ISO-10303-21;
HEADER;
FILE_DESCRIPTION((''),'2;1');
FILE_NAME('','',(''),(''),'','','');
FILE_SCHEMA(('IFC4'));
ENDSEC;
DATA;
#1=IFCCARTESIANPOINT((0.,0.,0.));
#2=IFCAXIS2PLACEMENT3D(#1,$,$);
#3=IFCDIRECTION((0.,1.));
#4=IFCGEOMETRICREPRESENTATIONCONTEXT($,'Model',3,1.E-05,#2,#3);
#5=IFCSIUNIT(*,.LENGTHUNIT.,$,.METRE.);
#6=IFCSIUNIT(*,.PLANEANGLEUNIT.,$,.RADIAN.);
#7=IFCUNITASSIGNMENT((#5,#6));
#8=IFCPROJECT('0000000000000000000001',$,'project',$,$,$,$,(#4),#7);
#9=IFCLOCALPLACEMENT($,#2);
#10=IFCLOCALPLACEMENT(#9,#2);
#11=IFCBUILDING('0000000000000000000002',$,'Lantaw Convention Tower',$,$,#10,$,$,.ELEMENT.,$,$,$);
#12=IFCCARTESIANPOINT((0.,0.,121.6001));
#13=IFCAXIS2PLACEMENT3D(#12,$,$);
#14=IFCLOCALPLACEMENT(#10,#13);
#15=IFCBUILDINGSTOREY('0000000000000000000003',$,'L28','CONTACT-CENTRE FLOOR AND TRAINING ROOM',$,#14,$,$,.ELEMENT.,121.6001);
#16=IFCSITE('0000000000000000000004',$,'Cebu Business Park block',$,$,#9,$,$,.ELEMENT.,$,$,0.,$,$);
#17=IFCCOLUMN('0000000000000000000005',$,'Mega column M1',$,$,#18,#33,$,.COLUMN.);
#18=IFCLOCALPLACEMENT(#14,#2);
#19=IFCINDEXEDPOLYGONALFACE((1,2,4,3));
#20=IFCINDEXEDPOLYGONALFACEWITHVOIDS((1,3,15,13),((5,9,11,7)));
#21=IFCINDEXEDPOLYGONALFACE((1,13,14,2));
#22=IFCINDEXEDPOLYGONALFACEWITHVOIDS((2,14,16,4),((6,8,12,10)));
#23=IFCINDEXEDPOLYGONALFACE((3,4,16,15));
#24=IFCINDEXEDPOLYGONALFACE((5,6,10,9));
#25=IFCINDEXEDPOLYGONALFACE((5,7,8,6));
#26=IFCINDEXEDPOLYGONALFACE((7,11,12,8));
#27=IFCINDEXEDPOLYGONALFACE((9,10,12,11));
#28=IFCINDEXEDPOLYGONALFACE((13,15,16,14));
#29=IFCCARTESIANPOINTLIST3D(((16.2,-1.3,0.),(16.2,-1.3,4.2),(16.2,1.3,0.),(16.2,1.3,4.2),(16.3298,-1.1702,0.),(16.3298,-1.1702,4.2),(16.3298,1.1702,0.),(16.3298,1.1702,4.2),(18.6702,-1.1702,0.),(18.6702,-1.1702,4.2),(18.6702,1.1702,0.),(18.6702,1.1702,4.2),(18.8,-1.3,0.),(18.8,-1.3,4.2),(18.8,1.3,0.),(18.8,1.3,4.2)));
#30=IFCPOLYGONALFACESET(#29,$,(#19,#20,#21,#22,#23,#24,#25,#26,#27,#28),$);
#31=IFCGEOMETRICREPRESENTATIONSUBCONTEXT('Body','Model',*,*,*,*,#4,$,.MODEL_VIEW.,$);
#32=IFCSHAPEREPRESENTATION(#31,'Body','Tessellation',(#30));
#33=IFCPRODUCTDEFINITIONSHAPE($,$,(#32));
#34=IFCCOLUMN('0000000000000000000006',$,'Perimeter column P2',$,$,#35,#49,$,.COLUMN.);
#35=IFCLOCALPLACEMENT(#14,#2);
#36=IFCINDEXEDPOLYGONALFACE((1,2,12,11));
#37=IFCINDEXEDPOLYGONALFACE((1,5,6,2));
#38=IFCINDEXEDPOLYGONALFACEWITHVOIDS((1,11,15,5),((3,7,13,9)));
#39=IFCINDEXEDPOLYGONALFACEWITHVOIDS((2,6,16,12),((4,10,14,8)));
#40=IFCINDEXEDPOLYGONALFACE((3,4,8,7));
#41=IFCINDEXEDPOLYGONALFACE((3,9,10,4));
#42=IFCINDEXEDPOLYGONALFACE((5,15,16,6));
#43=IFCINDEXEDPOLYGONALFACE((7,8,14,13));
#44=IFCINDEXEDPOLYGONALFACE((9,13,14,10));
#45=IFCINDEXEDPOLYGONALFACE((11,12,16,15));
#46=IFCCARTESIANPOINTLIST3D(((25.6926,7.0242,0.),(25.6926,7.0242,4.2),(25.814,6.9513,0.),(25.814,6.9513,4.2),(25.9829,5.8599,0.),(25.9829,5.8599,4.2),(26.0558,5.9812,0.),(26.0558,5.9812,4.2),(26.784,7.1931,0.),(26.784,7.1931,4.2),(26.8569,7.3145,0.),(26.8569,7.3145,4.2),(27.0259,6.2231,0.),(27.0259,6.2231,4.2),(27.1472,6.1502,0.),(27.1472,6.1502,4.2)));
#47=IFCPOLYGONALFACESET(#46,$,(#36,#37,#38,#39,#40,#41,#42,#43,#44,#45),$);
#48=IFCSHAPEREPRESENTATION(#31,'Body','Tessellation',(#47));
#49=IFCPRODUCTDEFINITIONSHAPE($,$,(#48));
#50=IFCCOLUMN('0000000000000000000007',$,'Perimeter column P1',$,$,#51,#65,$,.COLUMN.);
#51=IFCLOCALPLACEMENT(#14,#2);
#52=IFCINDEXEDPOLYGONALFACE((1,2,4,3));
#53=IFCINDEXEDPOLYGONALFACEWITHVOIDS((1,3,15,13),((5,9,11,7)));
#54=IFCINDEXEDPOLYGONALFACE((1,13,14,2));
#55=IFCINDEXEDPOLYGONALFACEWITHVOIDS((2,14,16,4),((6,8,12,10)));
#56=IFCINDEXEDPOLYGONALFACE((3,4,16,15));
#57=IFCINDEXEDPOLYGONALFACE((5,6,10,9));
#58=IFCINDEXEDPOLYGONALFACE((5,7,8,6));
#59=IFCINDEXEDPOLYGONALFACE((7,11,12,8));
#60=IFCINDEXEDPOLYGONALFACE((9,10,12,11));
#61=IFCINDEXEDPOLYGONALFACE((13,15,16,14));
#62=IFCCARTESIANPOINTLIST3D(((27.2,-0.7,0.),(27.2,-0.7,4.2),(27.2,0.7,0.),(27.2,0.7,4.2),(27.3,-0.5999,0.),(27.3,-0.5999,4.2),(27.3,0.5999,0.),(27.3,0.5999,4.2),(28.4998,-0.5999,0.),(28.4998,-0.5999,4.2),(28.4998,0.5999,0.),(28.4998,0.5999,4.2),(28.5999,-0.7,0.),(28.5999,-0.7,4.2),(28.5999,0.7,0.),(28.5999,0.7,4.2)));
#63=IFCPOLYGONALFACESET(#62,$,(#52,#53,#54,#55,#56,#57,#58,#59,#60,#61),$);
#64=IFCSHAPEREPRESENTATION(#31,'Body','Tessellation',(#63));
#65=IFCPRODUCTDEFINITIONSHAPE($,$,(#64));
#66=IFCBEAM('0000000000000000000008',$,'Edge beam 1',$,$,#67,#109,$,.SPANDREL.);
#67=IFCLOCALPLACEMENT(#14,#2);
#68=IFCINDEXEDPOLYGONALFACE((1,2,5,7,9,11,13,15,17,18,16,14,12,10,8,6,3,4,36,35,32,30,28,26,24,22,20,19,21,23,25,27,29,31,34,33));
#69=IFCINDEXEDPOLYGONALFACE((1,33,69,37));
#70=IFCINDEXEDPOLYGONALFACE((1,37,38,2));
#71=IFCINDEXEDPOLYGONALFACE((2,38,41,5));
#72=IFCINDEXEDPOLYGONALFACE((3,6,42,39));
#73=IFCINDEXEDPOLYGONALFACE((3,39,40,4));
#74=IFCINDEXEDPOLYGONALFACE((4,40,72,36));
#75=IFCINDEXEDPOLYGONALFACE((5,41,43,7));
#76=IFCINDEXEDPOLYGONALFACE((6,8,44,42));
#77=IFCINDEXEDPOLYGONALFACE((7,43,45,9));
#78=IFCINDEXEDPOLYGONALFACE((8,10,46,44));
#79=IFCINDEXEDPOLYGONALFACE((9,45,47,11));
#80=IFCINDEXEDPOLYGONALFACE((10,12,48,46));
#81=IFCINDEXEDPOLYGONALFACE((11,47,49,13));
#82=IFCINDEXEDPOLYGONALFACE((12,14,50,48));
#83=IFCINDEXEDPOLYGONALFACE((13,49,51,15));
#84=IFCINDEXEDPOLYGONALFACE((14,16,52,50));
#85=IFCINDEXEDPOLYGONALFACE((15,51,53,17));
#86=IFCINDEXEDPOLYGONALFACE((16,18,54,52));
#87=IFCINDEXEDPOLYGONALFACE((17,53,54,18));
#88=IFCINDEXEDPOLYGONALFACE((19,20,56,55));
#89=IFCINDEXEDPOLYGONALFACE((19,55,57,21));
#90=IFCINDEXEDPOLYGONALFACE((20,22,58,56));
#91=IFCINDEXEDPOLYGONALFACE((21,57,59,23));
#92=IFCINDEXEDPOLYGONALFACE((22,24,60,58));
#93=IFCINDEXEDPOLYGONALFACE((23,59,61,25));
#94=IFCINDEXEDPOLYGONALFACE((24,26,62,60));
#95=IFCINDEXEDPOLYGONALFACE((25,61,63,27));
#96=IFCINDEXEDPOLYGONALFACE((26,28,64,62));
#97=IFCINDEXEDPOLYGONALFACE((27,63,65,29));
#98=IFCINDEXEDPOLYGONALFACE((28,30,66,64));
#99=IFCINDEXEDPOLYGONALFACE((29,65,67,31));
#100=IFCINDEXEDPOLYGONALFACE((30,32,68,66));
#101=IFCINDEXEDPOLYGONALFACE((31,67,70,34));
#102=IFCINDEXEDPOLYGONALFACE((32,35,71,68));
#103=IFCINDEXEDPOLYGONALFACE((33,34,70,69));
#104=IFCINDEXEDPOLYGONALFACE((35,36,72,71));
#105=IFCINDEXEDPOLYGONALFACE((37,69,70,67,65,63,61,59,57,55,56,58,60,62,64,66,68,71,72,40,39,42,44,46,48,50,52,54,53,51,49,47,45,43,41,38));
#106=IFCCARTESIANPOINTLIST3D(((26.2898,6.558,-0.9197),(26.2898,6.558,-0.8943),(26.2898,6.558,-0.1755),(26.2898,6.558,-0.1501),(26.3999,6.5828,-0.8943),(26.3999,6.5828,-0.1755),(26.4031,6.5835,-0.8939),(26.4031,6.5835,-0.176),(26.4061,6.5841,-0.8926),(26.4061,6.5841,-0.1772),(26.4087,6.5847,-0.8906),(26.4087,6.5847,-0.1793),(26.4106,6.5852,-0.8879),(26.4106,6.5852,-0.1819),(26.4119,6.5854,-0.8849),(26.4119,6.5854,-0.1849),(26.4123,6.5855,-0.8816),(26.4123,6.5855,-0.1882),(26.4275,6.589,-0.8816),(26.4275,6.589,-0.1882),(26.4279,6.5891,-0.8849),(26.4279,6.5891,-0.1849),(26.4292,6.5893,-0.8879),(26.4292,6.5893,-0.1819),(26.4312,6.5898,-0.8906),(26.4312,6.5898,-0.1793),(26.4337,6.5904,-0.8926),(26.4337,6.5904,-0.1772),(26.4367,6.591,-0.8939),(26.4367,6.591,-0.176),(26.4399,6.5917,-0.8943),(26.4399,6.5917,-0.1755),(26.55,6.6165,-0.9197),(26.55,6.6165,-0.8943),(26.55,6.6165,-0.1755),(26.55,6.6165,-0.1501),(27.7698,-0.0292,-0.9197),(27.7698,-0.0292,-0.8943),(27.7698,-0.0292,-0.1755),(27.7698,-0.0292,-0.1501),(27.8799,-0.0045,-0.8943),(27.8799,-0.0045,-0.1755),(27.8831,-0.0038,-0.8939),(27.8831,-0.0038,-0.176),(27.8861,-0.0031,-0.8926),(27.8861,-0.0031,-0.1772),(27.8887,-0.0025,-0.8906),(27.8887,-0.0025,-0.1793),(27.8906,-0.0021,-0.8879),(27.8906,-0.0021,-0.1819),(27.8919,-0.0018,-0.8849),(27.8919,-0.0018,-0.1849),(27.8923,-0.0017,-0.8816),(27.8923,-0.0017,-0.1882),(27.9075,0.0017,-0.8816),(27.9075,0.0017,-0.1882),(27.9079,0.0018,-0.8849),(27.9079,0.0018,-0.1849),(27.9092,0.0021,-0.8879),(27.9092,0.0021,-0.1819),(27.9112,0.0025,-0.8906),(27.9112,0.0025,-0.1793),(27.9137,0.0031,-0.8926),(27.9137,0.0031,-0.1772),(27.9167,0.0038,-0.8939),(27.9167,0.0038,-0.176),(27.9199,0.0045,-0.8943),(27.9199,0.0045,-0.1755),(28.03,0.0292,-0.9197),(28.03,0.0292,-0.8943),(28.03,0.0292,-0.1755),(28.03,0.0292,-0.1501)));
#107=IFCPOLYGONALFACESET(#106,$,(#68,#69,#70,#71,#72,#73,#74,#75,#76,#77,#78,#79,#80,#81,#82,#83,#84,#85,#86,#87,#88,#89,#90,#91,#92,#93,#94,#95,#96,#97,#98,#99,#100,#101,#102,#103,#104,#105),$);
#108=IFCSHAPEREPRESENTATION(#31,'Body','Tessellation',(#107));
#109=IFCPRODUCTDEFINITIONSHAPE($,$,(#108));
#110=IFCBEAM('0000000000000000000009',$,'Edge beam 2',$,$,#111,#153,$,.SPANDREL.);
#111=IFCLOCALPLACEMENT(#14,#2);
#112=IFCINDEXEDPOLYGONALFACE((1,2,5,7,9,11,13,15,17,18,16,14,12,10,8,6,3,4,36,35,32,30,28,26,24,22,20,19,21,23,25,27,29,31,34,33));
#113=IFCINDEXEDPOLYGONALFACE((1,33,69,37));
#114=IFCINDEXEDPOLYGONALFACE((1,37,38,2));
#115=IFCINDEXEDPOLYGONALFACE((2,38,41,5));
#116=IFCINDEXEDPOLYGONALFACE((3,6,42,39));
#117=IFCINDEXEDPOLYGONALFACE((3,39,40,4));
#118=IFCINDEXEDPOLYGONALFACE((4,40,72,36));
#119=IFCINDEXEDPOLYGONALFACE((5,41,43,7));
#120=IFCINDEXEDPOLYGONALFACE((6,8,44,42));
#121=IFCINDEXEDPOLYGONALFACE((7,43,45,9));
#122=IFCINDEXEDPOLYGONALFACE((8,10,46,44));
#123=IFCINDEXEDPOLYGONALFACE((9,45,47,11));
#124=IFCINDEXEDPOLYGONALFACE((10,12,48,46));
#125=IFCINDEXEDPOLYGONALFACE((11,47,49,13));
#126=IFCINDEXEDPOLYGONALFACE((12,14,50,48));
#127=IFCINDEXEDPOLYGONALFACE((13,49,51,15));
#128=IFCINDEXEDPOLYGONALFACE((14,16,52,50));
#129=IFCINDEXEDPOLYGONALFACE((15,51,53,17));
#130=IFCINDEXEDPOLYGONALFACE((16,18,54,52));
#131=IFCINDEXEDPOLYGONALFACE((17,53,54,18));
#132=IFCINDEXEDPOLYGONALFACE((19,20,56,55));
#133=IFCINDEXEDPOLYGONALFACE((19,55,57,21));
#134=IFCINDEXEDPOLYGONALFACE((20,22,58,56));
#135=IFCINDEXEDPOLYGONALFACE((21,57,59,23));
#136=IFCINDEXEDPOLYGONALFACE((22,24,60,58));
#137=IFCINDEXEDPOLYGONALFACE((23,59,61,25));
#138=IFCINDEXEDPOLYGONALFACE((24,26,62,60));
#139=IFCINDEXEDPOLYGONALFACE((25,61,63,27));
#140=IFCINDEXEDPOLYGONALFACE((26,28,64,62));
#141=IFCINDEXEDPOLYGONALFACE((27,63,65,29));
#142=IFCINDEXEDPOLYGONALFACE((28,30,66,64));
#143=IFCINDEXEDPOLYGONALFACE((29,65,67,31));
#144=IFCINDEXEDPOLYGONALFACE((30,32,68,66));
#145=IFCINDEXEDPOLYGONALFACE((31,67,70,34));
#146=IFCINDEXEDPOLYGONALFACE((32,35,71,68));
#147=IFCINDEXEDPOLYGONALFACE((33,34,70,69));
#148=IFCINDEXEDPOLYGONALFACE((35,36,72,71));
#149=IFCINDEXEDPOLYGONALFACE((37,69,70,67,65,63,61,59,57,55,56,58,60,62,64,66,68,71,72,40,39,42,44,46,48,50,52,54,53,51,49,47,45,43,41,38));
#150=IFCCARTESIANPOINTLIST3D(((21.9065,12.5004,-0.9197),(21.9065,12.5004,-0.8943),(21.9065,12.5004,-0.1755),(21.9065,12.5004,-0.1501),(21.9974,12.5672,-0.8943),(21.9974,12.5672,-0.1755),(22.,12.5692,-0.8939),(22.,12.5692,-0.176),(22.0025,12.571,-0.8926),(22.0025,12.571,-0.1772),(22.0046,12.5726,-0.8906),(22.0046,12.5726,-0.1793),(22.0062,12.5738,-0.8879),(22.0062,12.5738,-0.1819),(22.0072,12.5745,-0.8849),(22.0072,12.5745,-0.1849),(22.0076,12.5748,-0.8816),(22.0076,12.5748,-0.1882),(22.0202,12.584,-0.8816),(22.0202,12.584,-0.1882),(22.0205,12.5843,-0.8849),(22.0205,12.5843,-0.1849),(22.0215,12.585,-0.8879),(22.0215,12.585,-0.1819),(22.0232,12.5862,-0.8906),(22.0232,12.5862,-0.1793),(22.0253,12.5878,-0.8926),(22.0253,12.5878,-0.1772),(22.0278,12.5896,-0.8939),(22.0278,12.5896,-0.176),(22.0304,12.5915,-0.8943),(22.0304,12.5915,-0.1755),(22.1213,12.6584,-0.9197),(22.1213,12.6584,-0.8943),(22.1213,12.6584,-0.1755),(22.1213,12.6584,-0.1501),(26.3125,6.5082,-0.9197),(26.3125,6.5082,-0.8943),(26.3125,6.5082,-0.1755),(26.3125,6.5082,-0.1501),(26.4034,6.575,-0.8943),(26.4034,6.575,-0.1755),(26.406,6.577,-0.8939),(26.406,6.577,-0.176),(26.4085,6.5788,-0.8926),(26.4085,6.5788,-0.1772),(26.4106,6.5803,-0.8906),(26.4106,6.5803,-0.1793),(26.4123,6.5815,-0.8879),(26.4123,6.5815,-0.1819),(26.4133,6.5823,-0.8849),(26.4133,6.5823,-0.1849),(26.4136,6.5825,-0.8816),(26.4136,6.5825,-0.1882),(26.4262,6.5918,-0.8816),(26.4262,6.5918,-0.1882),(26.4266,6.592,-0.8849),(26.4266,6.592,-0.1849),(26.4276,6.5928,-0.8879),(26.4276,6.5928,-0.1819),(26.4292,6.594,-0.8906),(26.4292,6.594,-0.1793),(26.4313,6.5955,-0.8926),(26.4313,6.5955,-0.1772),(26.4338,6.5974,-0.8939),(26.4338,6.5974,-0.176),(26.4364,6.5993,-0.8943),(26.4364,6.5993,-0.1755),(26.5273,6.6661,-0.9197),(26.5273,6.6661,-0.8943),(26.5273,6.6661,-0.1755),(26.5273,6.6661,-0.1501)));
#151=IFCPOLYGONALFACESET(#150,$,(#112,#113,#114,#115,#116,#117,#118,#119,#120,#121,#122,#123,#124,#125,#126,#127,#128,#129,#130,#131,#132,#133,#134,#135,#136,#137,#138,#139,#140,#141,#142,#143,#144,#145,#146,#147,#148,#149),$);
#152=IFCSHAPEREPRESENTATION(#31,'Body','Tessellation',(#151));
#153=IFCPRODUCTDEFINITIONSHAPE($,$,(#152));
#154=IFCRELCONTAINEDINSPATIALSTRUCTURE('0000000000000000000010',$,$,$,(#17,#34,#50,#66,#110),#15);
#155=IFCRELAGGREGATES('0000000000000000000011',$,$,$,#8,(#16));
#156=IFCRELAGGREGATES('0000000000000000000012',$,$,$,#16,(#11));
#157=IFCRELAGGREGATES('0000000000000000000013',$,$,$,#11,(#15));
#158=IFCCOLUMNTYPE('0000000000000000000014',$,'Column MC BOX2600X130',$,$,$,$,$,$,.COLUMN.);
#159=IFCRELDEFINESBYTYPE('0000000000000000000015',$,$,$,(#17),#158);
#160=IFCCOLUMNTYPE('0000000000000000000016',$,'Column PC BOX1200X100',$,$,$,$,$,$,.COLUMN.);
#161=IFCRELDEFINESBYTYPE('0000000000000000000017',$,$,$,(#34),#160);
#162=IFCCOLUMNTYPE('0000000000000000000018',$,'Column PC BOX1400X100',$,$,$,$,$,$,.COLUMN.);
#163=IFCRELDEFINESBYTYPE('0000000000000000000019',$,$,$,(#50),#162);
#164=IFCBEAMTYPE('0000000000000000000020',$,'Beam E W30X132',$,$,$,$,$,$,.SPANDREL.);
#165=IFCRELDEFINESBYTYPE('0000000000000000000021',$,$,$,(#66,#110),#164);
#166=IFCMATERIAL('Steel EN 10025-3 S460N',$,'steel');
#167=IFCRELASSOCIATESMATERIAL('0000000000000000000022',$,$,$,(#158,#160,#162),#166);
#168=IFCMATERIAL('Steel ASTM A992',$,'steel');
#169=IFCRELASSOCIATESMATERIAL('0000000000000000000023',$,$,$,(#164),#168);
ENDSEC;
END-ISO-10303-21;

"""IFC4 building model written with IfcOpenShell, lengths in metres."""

from ifc_helpers import new_model, si_unit, direction, frame, origin, origin_2d, place, context, subcontext, project, spatial, rectangle, hollow_rectangle, i_section, extrude, material, material_profile, profile_set, type_object, element, save


model = new_model("IFC4")

# Units and contexts
model_context = context("Model", 3, precision=1e-05, world=origin(), true_north=direction((0.0, 1.0)))
body_context = subcontext(model_context, "Body", "Model", "MODEL_VIEW")
ifc_project = project(units=[si_unit("LENGTHUNIT", "METRE"), si_unit("PLANEANGLEUNIT", "RADIAN")], contexts=[model_context])

# Site, building, storey
site_placement = place(None, origin())
site = spatial("IfcSite", under=ifc_project, at=site_placement, Name="Cebu Business Park block", CompositionType="ELEMENT", RefElevation=0.0)
building_placement = place(site_placement, origin())
building = spatial("IfcBuilding", under=site, at=building_placement, Name="Lantaw Convention Tower", CompositionType="ELEMENT")
storey_placement = place(building_placement, frame((0.0, 0.0, 121.6001)))
storey = spatial("IfcBuildingStorey", under=building, at=storey_placement, Name="L28", Description="CONTACT-CENTRE FLOOR AND TRAINING ROOM", CompositionType="ELEMENT", Elevation=121.6001)

# Columns
ifc_material_1 = material(Name="Steel EN 10025-3 S460N", Category="steel")
ifc_material_profile_1 = material_profile(ifc_material_1, hollow_rectangle(XDim=2.6001, YDim=2.6001, WallThickness=0.1299, at=origin_2d()), Name="BOX2600X130")
ifc_material_2 = material(Name="Concrete C60/75", Category="concrete")
ifc_material_profile_2 = material_profile(ifc_material_2, rectangle(XDim=2.3401, YDim=2.3401, at=origin_2d()), Name="Concrete fill of BOX2600X130")
ifc_profile_set_1 = profile_set([ifc_material_profile_1, ifc_material_profile_2], Name="Steel EN 10025-3 S460N")
column_type_1 = type_object("IfcColumnType", Name="Column MC BOX2600X130", PredefinedType="COLUMN", material=ifc_profile_set_1)
column_1_placement = place(storey_placement, frame((17.5, 0.0, 0.0), z_axis=(0.0, 0.0, 1.0), x_axis=(1.0, 0.0, 0.0)))
element("IfcColumn", 1, at=column_1_placement, inside=storey, type_object=column_type_1, Name="Mega column M1", PredefinedType="COLUMN", context=body_context, shape_type="SweptSolid", body=[
    extrude(hollow_rectangle(XDim=2.6001, YDim=2.6001, WallThickness=0.1299, at=origin_2d()), origin(), (0.0, 0.0, 1.0), 4.2),
])
ifc_material_profile_3 = material_profile(ifc_material_1, hollow_rectangle(XDim=1.2, YDim=1.2, WallThickness=0.1001, at=origin_2d()), Name="BOX1200X100")
ifc_material_profile_4 = material_profile(ifc_material_2, rectangle(XDim=1.0, YDim=1.0, at=origin_2d()), Name="Concrete fill of BOX1200X100")
ifc_profile_set_2 = profile_set([ifc_material_profile_3, ifc_material_profile_4], Name="Steel EN 10025-3 S460N")
column_type_2 = type_object("IfcColumnType", Name="Column PC BOX1200X100", PredefinedType="COLUMN", material=ifc_profile_set_2)
column_2_placement = place(storey_placement, frame((26.4199, 6.5872, 0.0), z_axis=(0.0, 0.0, 1.0), x_axis=(0.970296, 0.241922, 0.0)))
element("IfcColumn", 2, at=column_2_placement, inside=storey, type_object=column_type_2, Name="Perimeter column P2", PredefinedType="COLUMN", context=body_context, shape_type="SweptSolid", body=[
    extrude(hollow_rectangle(XDim=1.2, YDim=1.2, WallThickness=0.1001, at=origin_2d()), origin(), (0.0, 0.0, 1.0), 4.2),
])
ifc_material_profile_5 = material_profile(ifc_material_1, hollow_rectangle(XDim=1.3999, YDim=1.3999, WallThickness=0.1001, at=origin_2d()), Name="BOX1400X100")
ifc_material_profile_6 = material_profile(ifc_material_2, rectangle(XDim=1.2, YDim=1.2, at=origin_2d()), Name="Concrete fill of BOX1400X100")
ifc_profile_set_3 = profile_set([ifc_material_profile_5, ifc_material_profile_6], Name="Steel EN 10025-3 S460N")
column_type_3 = type_object("IfcColumnType", Name="Column PC BOX1400X100", PredefinedType="COLUMN", material=ifc_profile_set_3)
column_3_placement = place(storey_placement, frame((27.8999, 0.0, 0.0), z_axis=(0.0, 0.0, 1.0), x_axis=(1.0, 0.0, 0.0)))
element("IfcColumn", 3, at=column_3_placement, inside=storey, type_object=column_type_3, Name="Perimeter column P1", PredefinedType="COLUMN", context=body_context, shape_type="SweptSolid", body=[
    extrude(hollow_rectangle(XDim=1.3999, YDim=1.3999, WallThickness=0.1001, at=origin_2d()), origin(), (0.0, 0.0, 1.0), 4.2),
])

# Beams
ifc_material_3 = material(Name="Steel ASTM A992", Category="steel")
ifc_material_profile_7 = material_profile(ifc_material_3, i_section(OverallWidth=0.2666, OverallDepth=0.7695, WebThickness=0.0156, FlangeThickness=0.0254, FilletRadius=0.0127, at=origin_2d()), Name="W30X132")
ifc_profile_set_4 = profile_set([ifc_material_profile_7], Name="Steel ASTM A992")
beam_type_1 = type_object("IfcBeamType", Name="Beam E W30X132", PredefinedType="SPANDREL", material=ifc_profile_set_4)
beam_1_placement = place(storey_placement, frame((27.8999, 0.0, -0.5349), z_axis=(-0.219212, 0.975677, 0.0), x_axis=(-0.975677, -0.219212, 0.0)))
element("IfcBeam", 4, at=beam_1_placement, inside=storey, type_object=beam_type_1, Name="Edge beam 1", PredefinedType="SPANDREL", context=body_context, shape_type="SweptSolid", body=[
    extrude(i_section(OverallWidth=0.2666, OverallDepth=0.7695, WebThickness=0.0156, FlangeThickness=0.0254, FilletRadius=0.0127, at=origin_2d()), origin(), (0.0, 0.0, 1.0), 6.7515),
])
beam_2_placement = place(storey_placement, frame((26.4199, 6.5872, -0.5349), z_axis=(-0.592389, 0.805652, 0.0), x_axis=(-0.805652, -0.592389, 0.0)))
element("IfcBeam", 5, at=beam_2_placement, inside=storey, type_object=beam_type_1, Name="Edge beam 2", PredefinedType="SPANDREL", context=body_context, shape_type="SweptSolid", body=[
    extrude(i_section(OverallWidth=0.2666, OverallDepth=0.7695, WebThickness=0.0156, FlangeThickness=0.0254, FilletRadius=0.0127, at=origin_2d()), origin(), (0.0, 0.0, 1.0), 7.4377),
])

save(model, "model.ifc")
